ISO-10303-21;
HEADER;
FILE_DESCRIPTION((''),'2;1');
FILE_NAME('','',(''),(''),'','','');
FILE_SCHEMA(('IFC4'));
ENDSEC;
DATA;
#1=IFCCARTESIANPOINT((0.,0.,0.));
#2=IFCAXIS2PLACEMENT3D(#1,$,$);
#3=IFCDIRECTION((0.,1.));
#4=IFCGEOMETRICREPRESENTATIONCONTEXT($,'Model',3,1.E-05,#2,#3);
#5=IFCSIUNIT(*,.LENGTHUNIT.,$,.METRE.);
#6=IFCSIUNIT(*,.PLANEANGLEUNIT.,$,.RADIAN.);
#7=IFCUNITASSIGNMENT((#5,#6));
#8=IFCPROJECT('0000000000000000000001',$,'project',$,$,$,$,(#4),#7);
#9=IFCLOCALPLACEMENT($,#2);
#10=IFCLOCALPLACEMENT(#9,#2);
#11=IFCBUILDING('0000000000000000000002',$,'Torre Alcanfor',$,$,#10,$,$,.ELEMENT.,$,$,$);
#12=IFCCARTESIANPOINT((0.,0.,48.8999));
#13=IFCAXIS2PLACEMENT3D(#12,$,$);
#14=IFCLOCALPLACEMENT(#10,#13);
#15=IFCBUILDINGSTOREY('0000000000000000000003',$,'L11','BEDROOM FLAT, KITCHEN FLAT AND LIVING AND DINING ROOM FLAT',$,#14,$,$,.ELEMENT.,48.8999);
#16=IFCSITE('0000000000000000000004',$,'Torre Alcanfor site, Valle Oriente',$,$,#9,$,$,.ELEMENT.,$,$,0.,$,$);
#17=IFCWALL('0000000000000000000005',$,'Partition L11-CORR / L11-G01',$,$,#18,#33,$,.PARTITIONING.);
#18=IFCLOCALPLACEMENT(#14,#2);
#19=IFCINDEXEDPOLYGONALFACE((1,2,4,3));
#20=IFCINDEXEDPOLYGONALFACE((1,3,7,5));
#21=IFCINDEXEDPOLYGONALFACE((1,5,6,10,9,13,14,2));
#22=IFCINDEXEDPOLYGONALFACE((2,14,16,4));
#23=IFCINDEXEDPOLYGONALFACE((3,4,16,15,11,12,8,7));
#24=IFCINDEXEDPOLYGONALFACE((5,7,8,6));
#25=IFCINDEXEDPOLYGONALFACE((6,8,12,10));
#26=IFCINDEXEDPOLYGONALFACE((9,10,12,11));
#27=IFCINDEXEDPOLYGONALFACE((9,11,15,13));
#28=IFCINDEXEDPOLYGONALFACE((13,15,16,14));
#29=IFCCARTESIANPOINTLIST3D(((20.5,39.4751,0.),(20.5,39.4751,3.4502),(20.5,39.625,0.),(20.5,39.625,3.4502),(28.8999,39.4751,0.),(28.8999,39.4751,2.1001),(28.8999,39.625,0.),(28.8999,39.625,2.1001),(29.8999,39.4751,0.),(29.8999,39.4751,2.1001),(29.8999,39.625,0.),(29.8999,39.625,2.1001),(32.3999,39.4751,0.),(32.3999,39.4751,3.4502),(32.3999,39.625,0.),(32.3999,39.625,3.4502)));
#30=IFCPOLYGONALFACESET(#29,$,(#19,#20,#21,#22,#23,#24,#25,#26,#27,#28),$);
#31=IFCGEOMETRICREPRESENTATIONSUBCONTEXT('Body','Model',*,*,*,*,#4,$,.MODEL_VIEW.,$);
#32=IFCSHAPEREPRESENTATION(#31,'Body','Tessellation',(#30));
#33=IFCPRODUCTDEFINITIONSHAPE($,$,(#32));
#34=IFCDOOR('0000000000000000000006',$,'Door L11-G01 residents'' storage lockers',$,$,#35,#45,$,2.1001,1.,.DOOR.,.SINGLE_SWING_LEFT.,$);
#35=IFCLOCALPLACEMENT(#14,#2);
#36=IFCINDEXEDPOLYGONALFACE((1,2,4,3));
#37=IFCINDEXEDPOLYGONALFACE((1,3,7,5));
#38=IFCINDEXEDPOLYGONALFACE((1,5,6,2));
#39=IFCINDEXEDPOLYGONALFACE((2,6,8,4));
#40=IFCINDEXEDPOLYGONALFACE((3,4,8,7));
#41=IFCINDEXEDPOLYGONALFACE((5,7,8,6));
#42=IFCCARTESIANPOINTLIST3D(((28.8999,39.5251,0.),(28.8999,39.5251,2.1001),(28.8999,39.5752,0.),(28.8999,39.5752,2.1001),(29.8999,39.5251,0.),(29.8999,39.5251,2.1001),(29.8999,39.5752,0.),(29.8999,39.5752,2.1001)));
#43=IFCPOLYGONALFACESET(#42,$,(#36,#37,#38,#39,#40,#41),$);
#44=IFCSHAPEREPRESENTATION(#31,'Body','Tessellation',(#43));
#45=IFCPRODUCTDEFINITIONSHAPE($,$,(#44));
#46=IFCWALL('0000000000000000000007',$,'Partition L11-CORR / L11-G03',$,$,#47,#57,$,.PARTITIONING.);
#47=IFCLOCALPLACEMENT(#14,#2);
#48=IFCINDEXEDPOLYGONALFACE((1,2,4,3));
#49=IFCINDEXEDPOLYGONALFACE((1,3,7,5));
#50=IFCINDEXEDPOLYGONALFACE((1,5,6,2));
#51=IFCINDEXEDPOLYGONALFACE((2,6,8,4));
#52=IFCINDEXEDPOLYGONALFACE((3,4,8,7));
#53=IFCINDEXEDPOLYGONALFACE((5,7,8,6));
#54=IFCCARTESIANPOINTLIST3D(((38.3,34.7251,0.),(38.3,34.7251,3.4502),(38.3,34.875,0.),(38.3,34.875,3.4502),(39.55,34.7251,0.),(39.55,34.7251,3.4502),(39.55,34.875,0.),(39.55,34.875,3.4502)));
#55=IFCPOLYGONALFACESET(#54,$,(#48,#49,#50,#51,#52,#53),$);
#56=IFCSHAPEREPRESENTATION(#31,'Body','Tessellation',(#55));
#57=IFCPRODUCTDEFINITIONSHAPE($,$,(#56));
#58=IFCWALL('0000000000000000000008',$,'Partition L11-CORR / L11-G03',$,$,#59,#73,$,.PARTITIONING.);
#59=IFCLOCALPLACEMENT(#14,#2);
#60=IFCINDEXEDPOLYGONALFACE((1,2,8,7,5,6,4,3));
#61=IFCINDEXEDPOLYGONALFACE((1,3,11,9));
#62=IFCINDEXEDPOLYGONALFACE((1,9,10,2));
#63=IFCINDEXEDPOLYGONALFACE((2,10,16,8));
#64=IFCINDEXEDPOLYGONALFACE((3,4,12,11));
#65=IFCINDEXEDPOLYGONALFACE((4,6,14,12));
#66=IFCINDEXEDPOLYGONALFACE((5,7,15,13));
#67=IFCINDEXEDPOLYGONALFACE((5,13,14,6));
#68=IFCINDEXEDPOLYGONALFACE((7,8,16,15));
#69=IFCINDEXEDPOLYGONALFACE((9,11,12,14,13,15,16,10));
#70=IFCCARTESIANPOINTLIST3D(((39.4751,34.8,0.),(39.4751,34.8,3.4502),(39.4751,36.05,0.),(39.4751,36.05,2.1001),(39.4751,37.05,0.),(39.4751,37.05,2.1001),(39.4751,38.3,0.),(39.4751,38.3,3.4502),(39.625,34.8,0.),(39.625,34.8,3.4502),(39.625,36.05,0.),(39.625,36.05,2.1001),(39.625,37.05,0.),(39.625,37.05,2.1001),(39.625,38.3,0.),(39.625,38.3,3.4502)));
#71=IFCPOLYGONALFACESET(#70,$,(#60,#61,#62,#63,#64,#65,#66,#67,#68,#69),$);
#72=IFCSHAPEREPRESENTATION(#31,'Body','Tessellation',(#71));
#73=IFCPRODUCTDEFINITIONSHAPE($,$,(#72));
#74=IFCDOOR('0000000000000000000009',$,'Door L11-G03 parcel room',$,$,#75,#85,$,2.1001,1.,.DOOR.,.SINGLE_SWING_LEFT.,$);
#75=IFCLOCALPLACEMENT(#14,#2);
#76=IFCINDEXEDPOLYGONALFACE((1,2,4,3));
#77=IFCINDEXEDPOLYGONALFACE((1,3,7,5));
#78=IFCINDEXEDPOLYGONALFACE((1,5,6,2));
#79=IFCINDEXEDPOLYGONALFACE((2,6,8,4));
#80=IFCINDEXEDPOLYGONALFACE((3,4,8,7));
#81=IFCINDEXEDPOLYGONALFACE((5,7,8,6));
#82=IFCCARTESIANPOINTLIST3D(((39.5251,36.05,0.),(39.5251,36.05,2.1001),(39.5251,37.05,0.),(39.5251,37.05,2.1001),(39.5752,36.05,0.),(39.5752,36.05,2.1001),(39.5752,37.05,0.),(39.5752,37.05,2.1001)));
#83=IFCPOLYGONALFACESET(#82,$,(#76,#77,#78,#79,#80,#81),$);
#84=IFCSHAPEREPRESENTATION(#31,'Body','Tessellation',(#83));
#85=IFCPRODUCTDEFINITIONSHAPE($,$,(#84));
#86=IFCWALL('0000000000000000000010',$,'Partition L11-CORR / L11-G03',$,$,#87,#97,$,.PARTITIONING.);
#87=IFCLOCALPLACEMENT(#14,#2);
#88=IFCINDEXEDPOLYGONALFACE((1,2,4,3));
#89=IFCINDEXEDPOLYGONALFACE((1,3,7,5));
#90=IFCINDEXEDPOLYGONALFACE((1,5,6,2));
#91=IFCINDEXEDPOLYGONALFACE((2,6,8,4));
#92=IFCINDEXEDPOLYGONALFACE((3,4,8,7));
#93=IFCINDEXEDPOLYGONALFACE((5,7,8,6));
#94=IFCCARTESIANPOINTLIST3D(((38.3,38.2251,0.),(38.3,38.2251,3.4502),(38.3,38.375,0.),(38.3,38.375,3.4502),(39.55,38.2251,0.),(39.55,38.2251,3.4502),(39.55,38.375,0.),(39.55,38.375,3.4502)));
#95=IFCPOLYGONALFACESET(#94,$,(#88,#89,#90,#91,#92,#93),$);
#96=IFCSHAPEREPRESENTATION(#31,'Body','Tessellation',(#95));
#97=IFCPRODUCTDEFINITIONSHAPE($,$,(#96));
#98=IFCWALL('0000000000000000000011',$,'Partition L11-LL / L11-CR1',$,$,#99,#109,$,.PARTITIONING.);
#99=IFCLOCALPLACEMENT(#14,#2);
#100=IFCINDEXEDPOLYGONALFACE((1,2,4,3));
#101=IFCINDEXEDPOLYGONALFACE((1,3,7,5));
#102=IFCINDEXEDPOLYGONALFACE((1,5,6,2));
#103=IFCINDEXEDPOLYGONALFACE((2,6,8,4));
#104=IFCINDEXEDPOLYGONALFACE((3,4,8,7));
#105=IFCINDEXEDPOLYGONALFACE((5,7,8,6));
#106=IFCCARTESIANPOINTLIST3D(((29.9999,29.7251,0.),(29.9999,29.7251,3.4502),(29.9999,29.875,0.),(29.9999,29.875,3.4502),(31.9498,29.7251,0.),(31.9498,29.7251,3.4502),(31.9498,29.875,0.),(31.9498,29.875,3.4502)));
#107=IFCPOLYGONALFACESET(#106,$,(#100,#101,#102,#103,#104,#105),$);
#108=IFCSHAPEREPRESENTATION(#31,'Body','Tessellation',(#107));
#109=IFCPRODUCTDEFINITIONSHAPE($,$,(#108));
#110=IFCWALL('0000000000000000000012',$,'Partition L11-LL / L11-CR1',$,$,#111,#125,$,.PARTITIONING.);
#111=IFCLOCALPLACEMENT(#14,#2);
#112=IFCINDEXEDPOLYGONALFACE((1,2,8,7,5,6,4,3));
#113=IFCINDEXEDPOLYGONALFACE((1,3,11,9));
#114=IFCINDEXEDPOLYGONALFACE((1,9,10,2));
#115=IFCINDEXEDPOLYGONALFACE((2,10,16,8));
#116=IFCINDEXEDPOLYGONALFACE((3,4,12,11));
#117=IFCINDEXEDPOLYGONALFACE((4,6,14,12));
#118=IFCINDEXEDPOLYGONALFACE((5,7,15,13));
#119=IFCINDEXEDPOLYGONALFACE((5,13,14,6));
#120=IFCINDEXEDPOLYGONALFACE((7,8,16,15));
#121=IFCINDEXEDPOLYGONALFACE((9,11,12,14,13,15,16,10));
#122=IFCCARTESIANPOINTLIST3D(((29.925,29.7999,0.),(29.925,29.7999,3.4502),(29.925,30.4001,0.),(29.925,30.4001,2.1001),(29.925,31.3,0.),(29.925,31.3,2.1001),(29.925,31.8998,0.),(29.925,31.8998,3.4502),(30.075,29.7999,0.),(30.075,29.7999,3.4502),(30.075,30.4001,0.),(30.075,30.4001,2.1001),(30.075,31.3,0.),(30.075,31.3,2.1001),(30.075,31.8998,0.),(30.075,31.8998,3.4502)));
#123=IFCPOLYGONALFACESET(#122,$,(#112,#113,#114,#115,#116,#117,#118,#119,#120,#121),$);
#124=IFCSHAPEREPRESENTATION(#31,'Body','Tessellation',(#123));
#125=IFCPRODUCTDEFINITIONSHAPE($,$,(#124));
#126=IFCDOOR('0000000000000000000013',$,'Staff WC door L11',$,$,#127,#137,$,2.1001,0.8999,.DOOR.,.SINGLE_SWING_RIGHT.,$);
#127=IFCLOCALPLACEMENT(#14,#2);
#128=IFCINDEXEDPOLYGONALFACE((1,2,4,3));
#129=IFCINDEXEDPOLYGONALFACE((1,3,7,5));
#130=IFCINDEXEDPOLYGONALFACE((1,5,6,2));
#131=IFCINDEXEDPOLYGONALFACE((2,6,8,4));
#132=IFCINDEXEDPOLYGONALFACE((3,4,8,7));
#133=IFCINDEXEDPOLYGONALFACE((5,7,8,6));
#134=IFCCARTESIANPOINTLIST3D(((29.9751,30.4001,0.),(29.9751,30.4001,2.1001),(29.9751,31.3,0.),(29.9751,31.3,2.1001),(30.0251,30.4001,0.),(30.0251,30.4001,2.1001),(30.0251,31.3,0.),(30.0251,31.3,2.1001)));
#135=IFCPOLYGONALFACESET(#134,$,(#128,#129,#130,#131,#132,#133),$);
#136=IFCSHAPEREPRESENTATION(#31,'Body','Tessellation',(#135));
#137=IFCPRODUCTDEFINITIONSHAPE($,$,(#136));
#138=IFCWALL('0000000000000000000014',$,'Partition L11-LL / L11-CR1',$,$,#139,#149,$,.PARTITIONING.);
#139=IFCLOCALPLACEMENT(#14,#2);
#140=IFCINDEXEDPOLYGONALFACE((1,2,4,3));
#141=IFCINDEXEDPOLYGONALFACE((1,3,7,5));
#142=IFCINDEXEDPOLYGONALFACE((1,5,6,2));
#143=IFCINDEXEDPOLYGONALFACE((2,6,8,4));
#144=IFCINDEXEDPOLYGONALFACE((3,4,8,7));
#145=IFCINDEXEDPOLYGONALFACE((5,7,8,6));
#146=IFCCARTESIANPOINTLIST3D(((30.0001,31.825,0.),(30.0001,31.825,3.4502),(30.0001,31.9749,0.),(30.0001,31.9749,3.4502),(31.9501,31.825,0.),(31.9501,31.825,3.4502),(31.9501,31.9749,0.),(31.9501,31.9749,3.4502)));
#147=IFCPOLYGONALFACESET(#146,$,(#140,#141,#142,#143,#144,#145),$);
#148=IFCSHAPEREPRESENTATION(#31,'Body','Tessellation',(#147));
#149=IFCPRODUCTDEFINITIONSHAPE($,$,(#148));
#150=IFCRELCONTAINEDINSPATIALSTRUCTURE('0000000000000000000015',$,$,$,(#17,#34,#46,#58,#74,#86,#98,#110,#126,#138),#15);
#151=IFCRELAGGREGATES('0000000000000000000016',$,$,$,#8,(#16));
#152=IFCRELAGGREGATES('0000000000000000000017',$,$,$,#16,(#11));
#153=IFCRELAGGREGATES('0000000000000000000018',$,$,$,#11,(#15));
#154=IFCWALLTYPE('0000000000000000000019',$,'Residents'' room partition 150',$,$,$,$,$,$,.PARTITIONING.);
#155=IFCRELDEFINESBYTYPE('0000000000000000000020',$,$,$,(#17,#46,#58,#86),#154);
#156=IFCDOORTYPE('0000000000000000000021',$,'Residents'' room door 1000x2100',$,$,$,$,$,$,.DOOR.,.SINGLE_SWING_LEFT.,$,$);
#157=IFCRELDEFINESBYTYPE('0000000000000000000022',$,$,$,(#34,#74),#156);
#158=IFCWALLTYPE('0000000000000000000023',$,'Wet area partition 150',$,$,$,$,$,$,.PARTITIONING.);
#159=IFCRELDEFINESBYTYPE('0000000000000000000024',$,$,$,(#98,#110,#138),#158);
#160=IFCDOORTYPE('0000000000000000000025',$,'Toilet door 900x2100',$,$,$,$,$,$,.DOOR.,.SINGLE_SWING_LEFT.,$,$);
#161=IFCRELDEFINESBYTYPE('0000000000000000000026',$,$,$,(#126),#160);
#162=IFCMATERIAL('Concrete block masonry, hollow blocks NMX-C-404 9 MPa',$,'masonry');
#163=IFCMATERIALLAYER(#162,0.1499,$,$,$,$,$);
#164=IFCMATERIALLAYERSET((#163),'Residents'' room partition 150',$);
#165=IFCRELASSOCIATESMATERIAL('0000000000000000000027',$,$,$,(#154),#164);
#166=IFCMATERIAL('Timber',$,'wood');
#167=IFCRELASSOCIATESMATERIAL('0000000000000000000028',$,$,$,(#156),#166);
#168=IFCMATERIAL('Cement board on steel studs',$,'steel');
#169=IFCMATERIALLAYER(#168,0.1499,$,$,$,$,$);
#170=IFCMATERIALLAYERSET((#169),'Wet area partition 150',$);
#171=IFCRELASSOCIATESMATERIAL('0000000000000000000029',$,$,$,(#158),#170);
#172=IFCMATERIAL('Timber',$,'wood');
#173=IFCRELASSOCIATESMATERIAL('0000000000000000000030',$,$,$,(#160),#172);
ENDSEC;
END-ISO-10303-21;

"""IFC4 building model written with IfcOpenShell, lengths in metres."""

from ifc_helpers import new_model, si_unit, direction, frame, frame_2d, origin, place, context, subcontext, project, spatial, rectangle, extrude, material, layer, layer_set, type_object, element, fill, save


model = new_model("IFC4")

# Units and contexts
model_context = context("Model", 3, precision=1e-05, world=origin(), true_north=direction((0.0, 1.0)))
body_context = subcontext(model_context, "Body", "Model", "MODEL_VIEW")
ifc_project = project(units=[si_unit("LENGTHUNIT", "METRE"), si_unit("PLANEANGLEUNIT", "RADIAN")], contexts=[model_context])

# Site, building, storey
site_placement = place(None, origin())
site = spatial("IfcSite", under=ifc_project, at=site_placement, Name="Torre Alcanfor site, Valle Oriente", CompositionType="ELEMENT", RefElevation=0.0)
building_placement = place(site_placement, origin())
building = spatial("IfcBuilding", under=site, at=building_placement, Name="Torre Alcanfor", CompositionType="ELEMENT")
storey_placement = place(building_placement, frame((0.0, 0.0, 48.8999)))
storey = spatial("IfcBuildingStorey", under=building, at=storey_placement, Name="L11", Description="BEDROOM FLAT, KITCHEN FLAT AND LIVING AND DINING ROOM FLAT", CompositionType="ELEMENT", Elevation=48.8999)

# Shared definitions
ifc_material_1 = material(Name="Concrete block masonry, hollow blocks NMX-C-404 9 MPa", Category="masonry")
ifc_layer_1 = layer(ifc_material_1, 0.1499)
ifc_layer_set_1 = layer_set([ifc_layer_1], Name="Residents' room partition 150")
wall_type_1 = type_object("IfcWallType", Name="Residents' room partition 150", PredefinedType="PARTITIONING", material=ifc_layer_set_1)

# Wall, opening, door
wall_1_placement = place(storey_placement, frame((32.3999, 39.55, 0.0), z_axis=(0.0, 0.0, 1.0), x_axis=(-1.0, 0.0, 0.0)))
wall_1 = element("IfcWall", 1, at=wall_1_placement, inside=storey, type_object=wall_type_1, Name="Partition L11-CORR / L11-G01", PredefinedType="PARTITIONING", context=body_context, shape_type="SweptSolid", body=[
    extrude(rectangle(XDim=11.8999, YDim=0.1499, at=frame_2d((5.95, 0.0))), origin(), (0.0, 0.0, 1.0), 3.4502),
])
opening_1_placement = place(wall_1_placement, frame((2.5, 0.0, 0.0)))
opening_1 = element("IfcOpeningElement", 2, at=opening_1_placement, cuts=wall_1, PredefinedType="OPENING", context=body_context, shape_type="SweptSolid", body=[
    extrude(rectangle(XDim=1.0, YDim=2.1001, at=frame_2d((0.5, 1.05))), frame((0.0, 0.085, 0.0), z_axis=(0.0, -1.0, 0.0), x_axis=(1.0, 0.0, 0.0)), (0.0, 0.0, 1.0), 0.1699),
])
ifc_material_2 = material(Name="Timber", Category="wood")
door_type_1 = type_object("IfcDoorType", Name="Residents' room door 1000x2100", OperationType="SINGLE_SWING_LEFT", PredefinedType="DOOR", material=ifc_material_2)
door_1_placement = place(opening_1_placement, origin())
door_1 = element("IfcDoor", 3, at=door_1_placement, inside=storey, type_object=door_type_1, Name="Door L11-G01 residents' storage lockers", OperationType="SINGLE_SWING_LEFT", OverallHeight=2.1001, OverallWidth=1.0, PredefinedType="DOOR", context=body_context, shape_type="SweptSolid", body=[
    extrude(rectangle(XDim=1.0, YDim=2.1001, at=frame_2d((0.5, 1.05))), frame((0.0, 0.0249, 0.0), z_axis=(0.0, -1.0, 0.0), x_axis=(1.0, 0.0, 0.0)), (0.0, 0.0, 1.0), 0.05),
])
fill(opening_1, door_1)

# Wall
wall_2_placement = place(storey_placement, frame((38.3, 34.8, 0.0), z_axis=(0.0, 0.0, 1.0), x_axis=(1.0, 0.0, 0.0)))
element("IfcWall", 4, at=wall_2_placement, inside=storey, type_object=wall_type_1, Name="Partition L11-CORR / L11-G03", PredefinedType="PARTITIONING", context=body_context, shape_type="SweptSolid", body=[
    extrude(rectangle(XDim=1.25, YDim=0.1499, at=frame_2d((0.625, 0.0))), origin(), (0.0, 0.0, 1.0), 3.4502),
])

# Wall, opening, door
wall_3_placement = place(storey_placement, frame((39.55, 34.8, 0.0), z_axis=(0.0, 0.0, 1.0), x_axis=(0.0, 1.0, 0.0)))
wall_3 = element("IfcWall", 5, at=wall_3_placement, inside=storey, type_object=wall_type_1, Name="Partition L11-CORR / L11-G03", PredefinedType="PARTITIONING", context=body_context, shape_type="SweptSolid", body=[
    extrude(rectangle(XDim=3.5, YDim=0.1499, at=frame_2d((1.75, 0.0))), origin(), (0.0, 0.0, 1.0), 3.4502),
])
opening_2_placement = place(wall_3_placement, frame((1.25, 0.0, 0.0)))
opening_2 = element("IfcOpeningElement", 6, at=opening_2_placement, cuts=wall_3, PredefinedType="OPENING", context=body_context, shape_type="SweptSolid", body=[
    extrude(rectangle(XDim=1.0, YDim=2.1001, at=frame_2d((0.5, 1.05))), frame((0.0, 0.085, 0.0), z_axis=(0.0, -1.0, 0.0), x_axis=(1.0, 0.0, 0.0)), (0.0, 0.0, 1.0), 0.1699),
])
door_2_placement = place(opening_2_placement, origin())
door_2 = element("IfcDoor", 7, at=door_2_placement, inside=storey, type_object=door_type_1, Name="Door L11-G03 parcel room", OperationType="SINGLE_SWING_LEFT", OverallHeight=2.1001, OverallWidth=1.0, PredefinedType="DOOR", context=body_context, shape_type="SweptSolid", body=[
    extrude(rectangle(XDim=1.0, YDim=2.1001, at=frame_2d((0.5, 1.05))), frame((0.0, 0.0249, 0.0), z_axis=(0.0, -1.0, 0.0), x_axis=(1.0, 0.0, 0.0)), (0.0, 0.0, 1.0), 0.05),
])
fill(opening_2, door_2)

# Walls
wall_4_placement = place(storey_placement, frame((39.55, 38.3, 0.0), z_axis=(0.0, 0.0, 1.0), x_axis=(-1.0, 0.0, 0.0)))
element("IfcWall", 8, at=wall_4_placement, inside=storey, type_object=wall_type_1, Name="Partition L11-CORR / L11-G03", PredefinedType="PARTITIONING", context=body_context, shape_type="SweptSolid", body=[
    extrude(rectangle(XDim=1.25, YDim=0.1499, at=frame_2d((0.625, 0.0))), origin(), (0.0, 0.0, 1.0), 3.4502),
])
ifc_material_3 = material(Name="Cement board on steel studs", Category="steel")
ifc_layer_2 = layer(ifc_material_3, 0.1499)
ifc_layer_set_2 = layer_set([ifc_layer_2], Name="Wet area partition 150")
wall_type_2 = type_object("IfcWallType", Name="Wet area partition 150", PredefinedType="PARTITIONING", material=ifc_layer_set_2)
wall_5_placement = place(storey_placement, frame((31.95, 29.8, 0.0), z_axis=(0.0, 0.0, 1.0), x_axis=(-1.0, 0.0, 0.0)))
element("IfcWall", 9, at=wall_5_placement, inside=storey, type_object=wall_type_2, Name="Partition L11-LL / L11-CR1", PredefinedType="PARTITIONING", context=body_context, shape_type="SweptSolid", body=[
    extrude(rectangle(XDim=1.95, YDim=0.1499, at=frame_2d((0.9751, 0.0))), origin(), (0.0, 0.0, 1.0), 3.4502),
])

# Wall, opening, door
wall_6_placement = place(storey_placement, frame((30.0, 29.8, 0.0), z_axis=(0.0, 0.0, 1.0), x_axis=(0.0, 1.0, 0.0)))
wall_6 = element("IfcWall", 10, at=wall_6_placement, inside=storey, type_object=wall_type_2, Name="Partition L11-LL / L11-CR1", PredefinedType="PARTITIONING", context=body_context, shape_type="SweptSolid", body=[
    extrude(rectangle(XDim=2.0999, YDim=0.1499, at=frame_2d((1.0498, 0.0))), origin(), (0.0, 0.0, 1.0), 3.4502),
])
opening_3_placement = place(wall_6_placement, frame((0.6001, 0.0, 0.0)))
opening_3 = element("IfcOpeningElement", 11, at=opening_3_placement, cuts=wall_6, PredefinedType="OPENING", context=body_context, shape_type="SweptSolid", body=[
    extrude(rectangle(XDim=0.8999, YDim=2.1001, at=frame_2d((0.45, 1.05))), frame((0.0, 0.085, 0.0), z_axis=(0.0, -1.0, 0.0), x_axis=(1.0, 0.0, 0.0)), (0.0, 0.0, 1.0), 0.1699),
])
ifc_material_4 = material(Name="Timber", Category="wood")
door_type_2 = type_object("IfcDoorType", Name="Toilet door 900x2100", OperationType="SINGLE_SWING_LEFT", PredefinedType="DOOR", material=ifc_material_4)
door_3_placement = place(opening_3_placement, frame((0.8999, 0.0, 0.0), z_axis=(0.0, 0.0, 1.0), x_axis=(-1.0, 0.0, 0.0)))
door_3 = element("IfcDoor", 12, at=door_3_placement, inside=storey, type_object=door_type_2, Name="Staff WC door L11", OperationType="SINGLE_SWING_RIGHT", OverallHeight=2.1001, OverallWidth=0.8999, PredefinedType="DOOR", context=body_context, shape_type="SweptSolid", body=[
    extrude(rectangle(XDim=0.8999, YDim=2.1001, at=frame_2d((0.45, 1.05))), frame((0.0, 0.0251, 0.0), z_axis=(0.0, -1.0, 0.0), x_axis=(1.0, 0.0, 0.0)), (0.0, 0.0, 1.0), 0.05),
])
fill(opening_3, door_3)

# Wall
wall_7_placement = place(storey_placement, frame((30.0, 31.8999, 0.0), z_axis=(0.0, 0.0, 1.0), x_axis=(1.0, 0.0, 0.0)))
element("IfcWall", 13, at=wall_7_placement, inside=storey, type_object=wall_type_2, Name="Partition L11-LL / L11-CR1", PredefinedType="PARTITIONING", context=body_context, shape_type="SweptSolid", body=[
    extrude(rectangle(XDim=1.95, YDim=0.1499, at=frame_2d((0.9751, 0.0))), origin(), (0.0, 0.0, 1.0), 3.4502),
])

save(model, "model.ifc")
